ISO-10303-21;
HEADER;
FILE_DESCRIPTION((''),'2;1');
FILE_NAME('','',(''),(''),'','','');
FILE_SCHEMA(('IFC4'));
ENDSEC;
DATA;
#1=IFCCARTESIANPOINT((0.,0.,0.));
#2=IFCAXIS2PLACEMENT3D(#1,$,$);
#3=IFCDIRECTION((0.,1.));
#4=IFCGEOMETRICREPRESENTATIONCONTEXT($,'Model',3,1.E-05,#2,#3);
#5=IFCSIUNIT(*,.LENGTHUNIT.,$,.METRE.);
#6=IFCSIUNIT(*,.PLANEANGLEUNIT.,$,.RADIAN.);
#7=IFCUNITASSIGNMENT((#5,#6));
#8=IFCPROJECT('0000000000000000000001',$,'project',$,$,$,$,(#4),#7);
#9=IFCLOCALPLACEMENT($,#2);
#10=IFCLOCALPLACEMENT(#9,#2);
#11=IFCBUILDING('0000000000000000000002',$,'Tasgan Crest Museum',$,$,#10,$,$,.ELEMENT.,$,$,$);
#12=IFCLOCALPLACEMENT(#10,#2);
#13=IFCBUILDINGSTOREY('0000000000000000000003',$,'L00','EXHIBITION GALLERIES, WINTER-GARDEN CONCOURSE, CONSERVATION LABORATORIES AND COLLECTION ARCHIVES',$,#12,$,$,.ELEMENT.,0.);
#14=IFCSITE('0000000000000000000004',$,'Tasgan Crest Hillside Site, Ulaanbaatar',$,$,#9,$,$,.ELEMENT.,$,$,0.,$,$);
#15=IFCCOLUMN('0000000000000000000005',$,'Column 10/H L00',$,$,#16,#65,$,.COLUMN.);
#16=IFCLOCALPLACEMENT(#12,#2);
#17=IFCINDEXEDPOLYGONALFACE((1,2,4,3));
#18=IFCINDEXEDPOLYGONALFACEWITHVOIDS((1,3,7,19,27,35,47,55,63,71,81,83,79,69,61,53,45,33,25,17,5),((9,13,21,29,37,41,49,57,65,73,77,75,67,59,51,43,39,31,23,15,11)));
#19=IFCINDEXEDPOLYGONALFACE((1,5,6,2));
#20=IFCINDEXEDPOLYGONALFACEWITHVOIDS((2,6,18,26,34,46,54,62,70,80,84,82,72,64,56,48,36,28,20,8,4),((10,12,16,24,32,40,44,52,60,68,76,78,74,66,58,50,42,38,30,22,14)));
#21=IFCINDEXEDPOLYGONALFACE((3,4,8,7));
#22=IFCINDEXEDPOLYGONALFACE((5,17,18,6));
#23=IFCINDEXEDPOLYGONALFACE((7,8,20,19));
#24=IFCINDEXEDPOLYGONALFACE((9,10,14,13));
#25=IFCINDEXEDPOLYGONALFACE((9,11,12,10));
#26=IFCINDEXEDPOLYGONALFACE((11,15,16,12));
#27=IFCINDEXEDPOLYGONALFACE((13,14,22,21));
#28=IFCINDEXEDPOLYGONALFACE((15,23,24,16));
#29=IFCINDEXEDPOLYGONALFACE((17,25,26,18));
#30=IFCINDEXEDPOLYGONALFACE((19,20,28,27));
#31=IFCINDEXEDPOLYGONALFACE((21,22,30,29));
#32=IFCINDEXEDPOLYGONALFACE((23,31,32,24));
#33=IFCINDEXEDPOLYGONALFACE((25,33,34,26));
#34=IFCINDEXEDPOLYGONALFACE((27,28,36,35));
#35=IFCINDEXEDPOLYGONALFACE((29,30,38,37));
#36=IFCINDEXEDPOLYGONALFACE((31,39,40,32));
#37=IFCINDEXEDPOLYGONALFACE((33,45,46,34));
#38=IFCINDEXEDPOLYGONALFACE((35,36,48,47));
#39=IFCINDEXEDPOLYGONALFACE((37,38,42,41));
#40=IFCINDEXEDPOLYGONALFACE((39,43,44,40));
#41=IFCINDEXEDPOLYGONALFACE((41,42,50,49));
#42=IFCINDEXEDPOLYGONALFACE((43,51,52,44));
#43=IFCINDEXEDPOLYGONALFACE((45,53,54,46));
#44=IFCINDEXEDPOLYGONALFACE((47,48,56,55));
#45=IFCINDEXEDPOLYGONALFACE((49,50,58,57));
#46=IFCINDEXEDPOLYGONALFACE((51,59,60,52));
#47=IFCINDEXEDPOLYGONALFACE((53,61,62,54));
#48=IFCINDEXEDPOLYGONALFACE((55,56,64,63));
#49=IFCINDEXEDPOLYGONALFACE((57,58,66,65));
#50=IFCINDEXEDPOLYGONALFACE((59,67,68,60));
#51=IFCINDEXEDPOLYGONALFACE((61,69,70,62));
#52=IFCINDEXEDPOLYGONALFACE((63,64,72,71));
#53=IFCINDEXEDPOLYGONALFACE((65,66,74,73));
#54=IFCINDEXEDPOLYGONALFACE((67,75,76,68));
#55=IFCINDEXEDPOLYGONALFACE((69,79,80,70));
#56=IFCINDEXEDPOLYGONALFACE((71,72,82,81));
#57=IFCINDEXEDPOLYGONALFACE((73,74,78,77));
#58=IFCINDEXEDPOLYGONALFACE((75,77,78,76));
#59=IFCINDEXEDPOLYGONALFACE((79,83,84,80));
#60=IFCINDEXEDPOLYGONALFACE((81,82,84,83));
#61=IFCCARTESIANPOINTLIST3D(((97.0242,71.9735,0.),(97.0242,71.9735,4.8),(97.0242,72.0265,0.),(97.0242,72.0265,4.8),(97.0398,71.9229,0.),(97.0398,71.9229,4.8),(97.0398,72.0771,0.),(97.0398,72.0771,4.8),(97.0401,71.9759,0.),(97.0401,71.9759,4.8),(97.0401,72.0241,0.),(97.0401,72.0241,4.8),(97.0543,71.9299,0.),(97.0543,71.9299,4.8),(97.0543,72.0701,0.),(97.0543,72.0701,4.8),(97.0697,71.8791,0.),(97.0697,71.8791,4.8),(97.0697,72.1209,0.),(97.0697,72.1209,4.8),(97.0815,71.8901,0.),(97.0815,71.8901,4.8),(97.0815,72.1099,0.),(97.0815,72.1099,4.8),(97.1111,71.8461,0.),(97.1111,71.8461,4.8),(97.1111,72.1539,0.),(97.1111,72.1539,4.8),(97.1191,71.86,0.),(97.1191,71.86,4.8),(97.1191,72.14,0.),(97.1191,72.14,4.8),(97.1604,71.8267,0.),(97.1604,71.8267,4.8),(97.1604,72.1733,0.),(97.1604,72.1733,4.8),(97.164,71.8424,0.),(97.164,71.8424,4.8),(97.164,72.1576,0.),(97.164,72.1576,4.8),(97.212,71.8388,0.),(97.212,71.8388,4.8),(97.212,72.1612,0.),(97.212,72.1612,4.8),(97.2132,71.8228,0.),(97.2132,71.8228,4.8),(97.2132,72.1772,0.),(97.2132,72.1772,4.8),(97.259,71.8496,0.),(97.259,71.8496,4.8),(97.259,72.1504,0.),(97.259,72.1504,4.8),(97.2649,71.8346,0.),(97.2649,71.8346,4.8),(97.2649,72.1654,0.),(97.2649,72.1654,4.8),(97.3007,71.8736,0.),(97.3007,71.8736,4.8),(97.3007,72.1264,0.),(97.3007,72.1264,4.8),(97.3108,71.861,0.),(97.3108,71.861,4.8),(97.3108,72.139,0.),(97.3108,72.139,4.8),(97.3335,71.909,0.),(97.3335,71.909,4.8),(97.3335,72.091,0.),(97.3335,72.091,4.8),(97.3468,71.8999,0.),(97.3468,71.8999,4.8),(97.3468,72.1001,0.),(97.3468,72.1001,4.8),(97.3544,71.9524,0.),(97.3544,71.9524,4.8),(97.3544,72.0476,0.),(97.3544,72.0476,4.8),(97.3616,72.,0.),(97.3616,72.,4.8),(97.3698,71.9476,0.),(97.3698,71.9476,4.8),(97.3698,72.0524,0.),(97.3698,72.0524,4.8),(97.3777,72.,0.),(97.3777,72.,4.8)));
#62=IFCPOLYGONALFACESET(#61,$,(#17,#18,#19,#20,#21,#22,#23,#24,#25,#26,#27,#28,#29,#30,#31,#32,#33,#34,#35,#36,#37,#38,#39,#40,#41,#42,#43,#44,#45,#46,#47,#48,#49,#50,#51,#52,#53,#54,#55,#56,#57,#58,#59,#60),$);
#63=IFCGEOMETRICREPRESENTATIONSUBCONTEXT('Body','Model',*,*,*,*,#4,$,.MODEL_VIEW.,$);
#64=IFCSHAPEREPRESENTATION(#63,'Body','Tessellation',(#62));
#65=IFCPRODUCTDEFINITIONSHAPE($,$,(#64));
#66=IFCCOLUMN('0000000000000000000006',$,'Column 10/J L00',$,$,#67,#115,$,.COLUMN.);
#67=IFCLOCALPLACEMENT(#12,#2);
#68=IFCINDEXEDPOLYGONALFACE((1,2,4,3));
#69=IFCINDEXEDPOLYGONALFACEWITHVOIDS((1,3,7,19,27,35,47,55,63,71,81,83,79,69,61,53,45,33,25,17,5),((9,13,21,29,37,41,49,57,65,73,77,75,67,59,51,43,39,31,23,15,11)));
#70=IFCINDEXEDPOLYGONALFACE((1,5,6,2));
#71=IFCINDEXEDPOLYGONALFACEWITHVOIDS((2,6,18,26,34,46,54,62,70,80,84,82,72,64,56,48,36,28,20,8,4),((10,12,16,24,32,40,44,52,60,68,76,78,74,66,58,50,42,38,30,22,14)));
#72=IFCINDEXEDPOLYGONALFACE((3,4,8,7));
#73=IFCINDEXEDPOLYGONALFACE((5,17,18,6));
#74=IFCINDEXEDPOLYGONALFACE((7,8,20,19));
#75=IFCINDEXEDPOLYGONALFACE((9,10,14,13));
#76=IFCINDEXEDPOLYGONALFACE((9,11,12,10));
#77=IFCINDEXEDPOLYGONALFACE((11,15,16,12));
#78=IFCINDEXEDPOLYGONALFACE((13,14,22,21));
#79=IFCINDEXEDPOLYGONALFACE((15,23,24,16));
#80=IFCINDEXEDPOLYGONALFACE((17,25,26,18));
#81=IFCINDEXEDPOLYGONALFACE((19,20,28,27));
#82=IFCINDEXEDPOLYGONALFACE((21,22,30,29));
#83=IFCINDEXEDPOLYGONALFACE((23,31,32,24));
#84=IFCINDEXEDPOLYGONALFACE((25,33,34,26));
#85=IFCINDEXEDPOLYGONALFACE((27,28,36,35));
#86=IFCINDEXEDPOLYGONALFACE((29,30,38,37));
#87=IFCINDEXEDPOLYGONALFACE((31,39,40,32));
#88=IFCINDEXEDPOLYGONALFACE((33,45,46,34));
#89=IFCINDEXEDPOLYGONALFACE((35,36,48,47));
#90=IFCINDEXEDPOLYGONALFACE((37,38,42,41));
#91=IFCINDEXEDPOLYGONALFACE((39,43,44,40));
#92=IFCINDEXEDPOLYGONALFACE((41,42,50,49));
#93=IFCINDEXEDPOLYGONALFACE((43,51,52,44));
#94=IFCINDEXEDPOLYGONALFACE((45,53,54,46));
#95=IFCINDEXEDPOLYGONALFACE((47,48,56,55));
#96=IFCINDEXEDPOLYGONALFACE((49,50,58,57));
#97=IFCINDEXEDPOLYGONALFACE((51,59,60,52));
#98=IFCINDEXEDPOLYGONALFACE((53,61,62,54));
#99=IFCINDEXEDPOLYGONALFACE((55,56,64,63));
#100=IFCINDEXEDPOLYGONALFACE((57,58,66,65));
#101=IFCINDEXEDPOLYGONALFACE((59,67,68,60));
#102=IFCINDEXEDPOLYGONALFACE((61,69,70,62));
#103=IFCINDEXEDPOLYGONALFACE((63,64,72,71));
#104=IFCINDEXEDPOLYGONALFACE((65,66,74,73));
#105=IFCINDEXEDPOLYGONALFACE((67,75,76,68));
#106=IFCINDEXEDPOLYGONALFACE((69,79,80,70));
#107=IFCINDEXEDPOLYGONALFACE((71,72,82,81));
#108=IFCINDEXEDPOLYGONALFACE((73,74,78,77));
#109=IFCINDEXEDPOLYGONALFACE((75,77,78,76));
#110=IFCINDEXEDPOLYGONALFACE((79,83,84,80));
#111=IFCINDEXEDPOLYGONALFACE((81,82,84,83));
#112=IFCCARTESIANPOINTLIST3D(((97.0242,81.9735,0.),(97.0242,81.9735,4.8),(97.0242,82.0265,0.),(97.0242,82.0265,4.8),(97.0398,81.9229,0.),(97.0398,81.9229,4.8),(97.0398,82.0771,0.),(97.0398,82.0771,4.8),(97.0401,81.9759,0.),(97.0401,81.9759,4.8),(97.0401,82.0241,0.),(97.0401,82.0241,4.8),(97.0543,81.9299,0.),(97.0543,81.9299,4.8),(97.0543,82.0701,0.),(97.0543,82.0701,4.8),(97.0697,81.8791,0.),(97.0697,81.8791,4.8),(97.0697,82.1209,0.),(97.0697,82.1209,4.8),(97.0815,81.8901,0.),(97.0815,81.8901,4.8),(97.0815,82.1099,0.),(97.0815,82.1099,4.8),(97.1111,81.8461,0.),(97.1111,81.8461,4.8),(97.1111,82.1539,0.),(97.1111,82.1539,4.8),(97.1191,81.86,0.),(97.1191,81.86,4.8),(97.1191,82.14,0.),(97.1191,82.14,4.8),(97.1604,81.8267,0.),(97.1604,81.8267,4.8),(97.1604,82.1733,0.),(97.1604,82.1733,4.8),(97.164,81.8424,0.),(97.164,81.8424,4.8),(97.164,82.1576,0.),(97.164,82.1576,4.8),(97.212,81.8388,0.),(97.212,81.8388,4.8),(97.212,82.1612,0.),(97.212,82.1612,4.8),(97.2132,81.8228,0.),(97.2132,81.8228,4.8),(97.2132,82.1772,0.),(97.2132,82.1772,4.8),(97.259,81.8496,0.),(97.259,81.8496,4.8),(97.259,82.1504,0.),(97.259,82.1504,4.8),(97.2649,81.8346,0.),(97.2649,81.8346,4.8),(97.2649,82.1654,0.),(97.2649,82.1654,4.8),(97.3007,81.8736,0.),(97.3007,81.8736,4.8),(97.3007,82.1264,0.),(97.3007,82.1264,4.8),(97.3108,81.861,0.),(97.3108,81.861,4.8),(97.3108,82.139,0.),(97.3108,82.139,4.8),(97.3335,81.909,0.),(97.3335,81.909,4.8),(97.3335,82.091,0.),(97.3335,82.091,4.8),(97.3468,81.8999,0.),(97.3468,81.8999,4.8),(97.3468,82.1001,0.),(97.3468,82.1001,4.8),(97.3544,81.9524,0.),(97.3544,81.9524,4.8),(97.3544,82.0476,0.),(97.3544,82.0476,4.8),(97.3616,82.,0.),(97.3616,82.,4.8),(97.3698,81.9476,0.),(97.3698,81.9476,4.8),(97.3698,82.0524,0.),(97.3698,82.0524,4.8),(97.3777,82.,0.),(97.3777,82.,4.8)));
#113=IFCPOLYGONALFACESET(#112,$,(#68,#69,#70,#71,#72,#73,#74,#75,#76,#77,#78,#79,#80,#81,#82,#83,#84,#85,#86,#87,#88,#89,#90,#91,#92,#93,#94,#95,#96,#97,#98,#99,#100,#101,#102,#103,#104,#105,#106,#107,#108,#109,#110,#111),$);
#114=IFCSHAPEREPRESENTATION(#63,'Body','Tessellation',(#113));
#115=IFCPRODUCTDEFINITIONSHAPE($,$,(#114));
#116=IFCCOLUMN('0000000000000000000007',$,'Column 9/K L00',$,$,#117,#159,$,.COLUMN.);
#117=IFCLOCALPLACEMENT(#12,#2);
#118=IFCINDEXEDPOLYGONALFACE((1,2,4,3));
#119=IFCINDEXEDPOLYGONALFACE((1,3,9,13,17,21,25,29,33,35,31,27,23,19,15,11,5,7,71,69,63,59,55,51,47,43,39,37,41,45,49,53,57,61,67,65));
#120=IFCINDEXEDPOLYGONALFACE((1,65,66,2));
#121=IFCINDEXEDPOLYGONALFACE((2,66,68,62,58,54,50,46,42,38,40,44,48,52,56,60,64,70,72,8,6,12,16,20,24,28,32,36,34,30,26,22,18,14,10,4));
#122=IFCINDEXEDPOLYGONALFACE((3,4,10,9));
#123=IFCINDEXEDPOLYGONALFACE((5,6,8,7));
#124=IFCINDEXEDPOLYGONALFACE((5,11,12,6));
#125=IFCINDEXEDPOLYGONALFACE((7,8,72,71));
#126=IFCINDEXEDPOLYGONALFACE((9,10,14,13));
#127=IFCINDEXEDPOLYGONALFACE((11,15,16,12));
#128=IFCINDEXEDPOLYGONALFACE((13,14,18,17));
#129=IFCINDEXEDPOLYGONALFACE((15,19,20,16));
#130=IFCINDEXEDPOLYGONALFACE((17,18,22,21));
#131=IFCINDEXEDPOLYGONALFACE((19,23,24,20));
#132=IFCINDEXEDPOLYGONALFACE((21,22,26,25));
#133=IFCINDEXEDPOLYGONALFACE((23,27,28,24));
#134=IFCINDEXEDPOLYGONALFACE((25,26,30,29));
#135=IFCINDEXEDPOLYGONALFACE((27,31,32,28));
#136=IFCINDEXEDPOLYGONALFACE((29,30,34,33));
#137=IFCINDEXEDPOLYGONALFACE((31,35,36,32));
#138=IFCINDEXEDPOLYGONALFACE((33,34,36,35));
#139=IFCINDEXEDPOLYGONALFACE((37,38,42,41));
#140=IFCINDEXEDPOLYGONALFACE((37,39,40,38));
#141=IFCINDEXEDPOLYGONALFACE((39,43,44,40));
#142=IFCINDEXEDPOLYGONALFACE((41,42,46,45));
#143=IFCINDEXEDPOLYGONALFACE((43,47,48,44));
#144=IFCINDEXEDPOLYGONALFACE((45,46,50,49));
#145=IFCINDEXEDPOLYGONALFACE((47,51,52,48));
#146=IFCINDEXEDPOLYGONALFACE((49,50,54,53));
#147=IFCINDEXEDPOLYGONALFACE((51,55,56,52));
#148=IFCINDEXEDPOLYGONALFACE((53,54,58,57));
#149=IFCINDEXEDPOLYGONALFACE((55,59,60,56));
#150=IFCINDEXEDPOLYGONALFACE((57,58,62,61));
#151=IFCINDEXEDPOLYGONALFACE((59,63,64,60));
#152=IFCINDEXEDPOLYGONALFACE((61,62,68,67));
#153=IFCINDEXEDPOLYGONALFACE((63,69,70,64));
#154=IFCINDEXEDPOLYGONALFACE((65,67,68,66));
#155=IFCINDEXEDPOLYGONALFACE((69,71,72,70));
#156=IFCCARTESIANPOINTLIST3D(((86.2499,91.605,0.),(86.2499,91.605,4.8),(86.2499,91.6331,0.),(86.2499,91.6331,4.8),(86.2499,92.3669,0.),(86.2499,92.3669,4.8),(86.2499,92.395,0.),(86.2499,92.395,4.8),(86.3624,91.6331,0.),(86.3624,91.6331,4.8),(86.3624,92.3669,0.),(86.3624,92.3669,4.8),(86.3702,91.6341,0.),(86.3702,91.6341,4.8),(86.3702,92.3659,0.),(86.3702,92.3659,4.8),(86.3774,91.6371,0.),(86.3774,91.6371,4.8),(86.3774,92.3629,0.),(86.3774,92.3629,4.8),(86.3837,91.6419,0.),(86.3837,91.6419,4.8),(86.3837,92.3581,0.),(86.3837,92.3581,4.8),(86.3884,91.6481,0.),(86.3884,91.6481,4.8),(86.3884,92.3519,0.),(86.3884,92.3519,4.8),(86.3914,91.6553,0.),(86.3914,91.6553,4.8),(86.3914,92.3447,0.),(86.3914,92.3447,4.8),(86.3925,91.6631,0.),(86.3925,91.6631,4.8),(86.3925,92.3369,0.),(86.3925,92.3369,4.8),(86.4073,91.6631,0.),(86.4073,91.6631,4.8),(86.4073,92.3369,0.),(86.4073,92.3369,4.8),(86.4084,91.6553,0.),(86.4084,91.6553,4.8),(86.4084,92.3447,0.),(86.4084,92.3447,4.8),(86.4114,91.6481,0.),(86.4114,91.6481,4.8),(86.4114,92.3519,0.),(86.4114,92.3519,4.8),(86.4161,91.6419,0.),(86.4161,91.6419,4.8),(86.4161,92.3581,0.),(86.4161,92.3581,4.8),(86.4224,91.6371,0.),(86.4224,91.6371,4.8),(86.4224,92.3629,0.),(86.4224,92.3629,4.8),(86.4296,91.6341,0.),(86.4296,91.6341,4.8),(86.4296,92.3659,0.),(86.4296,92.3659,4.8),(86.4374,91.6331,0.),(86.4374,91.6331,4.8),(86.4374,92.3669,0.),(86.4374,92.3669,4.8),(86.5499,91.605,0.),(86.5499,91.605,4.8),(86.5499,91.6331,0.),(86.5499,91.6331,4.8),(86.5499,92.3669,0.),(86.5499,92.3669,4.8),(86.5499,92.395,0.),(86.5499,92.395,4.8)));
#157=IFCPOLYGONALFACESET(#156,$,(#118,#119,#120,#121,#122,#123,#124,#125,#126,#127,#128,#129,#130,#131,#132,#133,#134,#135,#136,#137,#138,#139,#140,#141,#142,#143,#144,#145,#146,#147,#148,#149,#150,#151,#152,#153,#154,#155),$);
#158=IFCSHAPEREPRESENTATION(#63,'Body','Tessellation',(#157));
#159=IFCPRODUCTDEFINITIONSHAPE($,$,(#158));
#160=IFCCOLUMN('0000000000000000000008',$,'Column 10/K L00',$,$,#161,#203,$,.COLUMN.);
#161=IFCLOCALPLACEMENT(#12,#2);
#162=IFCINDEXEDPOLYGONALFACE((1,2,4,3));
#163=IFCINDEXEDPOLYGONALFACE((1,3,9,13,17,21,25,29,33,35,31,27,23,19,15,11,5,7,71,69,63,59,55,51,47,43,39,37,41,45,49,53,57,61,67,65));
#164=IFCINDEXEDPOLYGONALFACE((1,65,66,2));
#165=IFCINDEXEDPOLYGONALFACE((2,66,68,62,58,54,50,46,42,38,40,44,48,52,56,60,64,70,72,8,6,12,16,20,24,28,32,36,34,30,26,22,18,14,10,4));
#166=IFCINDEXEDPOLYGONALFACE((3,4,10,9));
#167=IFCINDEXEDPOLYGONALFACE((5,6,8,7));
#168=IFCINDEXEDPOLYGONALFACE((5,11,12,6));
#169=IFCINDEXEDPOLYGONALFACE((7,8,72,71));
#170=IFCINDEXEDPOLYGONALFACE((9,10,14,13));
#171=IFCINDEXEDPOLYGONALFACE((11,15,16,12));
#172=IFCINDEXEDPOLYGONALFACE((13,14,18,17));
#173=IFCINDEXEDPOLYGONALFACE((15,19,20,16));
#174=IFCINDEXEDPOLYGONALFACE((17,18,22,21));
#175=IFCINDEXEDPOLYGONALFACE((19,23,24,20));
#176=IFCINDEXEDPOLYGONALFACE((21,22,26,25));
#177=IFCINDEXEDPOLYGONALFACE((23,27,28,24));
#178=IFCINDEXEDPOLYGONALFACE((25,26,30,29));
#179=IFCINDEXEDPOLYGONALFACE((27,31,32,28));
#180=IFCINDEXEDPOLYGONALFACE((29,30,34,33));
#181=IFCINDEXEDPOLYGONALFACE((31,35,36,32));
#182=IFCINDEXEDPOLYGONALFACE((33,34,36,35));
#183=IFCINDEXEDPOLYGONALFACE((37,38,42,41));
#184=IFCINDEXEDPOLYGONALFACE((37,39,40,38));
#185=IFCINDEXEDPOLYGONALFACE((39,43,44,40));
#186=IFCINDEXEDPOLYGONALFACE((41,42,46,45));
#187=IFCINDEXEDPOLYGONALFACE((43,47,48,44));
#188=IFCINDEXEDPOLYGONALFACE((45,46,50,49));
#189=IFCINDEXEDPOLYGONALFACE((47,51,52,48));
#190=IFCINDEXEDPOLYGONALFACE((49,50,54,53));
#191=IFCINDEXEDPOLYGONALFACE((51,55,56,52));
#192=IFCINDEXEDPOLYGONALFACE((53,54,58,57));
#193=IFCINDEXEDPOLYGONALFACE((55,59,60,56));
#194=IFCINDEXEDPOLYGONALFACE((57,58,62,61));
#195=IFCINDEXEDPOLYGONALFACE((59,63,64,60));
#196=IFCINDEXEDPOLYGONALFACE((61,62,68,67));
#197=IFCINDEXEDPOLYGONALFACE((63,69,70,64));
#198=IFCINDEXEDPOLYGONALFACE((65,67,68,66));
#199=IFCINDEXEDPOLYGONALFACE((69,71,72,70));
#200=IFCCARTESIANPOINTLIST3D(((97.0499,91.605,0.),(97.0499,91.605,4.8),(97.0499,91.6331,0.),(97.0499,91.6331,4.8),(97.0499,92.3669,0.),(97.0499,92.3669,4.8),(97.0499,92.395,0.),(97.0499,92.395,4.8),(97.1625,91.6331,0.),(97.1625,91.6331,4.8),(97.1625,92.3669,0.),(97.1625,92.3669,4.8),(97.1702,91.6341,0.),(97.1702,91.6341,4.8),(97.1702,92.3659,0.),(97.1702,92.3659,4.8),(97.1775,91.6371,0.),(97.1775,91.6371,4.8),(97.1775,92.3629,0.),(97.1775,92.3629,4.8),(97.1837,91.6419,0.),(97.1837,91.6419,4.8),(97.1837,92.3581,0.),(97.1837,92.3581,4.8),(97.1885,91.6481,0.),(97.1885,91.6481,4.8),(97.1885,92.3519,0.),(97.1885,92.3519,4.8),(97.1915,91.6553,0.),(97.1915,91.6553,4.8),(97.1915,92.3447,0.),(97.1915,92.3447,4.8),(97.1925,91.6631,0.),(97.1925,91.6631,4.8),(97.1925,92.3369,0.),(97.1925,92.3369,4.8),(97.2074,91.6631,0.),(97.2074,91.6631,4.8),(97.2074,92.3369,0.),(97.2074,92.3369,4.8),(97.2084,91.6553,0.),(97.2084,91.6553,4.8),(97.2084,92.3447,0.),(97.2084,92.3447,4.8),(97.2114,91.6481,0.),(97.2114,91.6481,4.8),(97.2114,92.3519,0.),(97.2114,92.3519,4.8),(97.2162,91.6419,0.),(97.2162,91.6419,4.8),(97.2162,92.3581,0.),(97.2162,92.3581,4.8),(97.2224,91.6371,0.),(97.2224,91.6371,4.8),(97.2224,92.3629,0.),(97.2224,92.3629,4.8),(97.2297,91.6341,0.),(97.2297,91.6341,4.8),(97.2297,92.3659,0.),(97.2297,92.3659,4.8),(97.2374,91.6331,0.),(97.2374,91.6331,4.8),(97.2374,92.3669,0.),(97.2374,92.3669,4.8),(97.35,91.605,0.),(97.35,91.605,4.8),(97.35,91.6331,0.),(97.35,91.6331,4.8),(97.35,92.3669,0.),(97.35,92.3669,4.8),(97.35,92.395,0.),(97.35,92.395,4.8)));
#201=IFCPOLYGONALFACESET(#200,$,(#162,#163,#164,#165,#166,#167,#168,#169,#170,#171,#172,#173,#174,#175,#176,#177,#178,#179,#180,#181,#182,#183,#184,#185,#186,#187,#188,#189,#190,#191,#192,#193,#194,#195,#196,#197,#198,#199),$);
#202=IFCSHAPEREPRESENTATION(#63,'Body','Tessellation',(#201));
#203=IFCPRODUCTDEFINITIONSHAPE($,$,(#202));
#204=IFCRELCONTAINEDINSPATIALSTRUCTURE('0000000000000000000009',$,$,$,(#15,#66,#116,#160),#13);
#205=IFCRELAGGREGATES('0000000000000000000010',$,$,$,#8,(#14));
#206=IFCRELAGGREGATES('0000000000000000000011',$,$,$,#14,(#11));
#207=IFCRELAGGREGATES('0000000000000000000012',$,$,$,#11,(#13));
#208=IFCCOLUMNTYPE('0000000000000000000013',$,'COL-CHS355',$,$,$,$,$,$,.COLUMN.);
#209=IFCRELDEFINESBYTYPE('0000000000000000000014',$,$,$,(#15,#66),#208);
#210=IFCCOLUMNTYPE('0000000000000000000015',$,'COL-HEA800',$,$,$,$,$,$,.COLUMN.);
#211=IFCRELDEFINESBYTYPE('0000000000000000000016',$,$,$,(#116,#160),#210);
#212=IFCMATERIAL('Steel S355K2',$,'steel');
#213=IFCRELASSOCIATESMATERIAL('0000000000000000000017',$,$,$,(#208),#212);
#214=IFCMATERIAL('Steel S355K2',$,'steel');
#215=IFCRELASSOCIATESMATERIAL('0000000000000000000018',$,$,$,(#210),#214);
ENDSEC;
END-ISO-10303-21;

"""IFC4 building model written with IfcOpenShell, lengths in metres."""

from ifc_helpers import new_model, si_unit, direction, frame, origin, origin_2d, place, context, subcontext, project, spatial, hollow_circle, i_section, extrude, material, material_profile, profile_set, type_object, element, save


model = new_model("IFC4")

# Units and contexts
model_context = context("Model", 3, precision=1e-05, world=origin(), true_north=direction((0.0, 1.0)))
body_context = subcontext(model_context, "Body", "Model", "MODEL_VIEW")
ifc_project = project(units=[si_unit("LENGTHUNIT", "METRE"), si_unit("PLANEANGLEUNIT", "RADIAN")], contexts=[model_context])

# Site, building, storey
site_placement = place(None, origin())
site = spatial("IfcSite", under=ifc_project, at=site_placement, Name="Tasgan Crest Hillside Site, Ulaanbaatar", CompositionType="ELEMENT", RefElevation=0.0)
building_placement = place(site_placement, origin())
building = spatial("IfcBuilding", under=site, at=building_placement, Name="Tasgan Crest Museum", CompositionType="ELEMENT")
storey_placement = place(building_placement, origin())
storey = spatial("IfcBuildingStorey", under=building, at=storey_placement, Name="L00", Description="EXHIBITION GALLERIES, WINTER-GARDEN CONCOURSE, CONSERVATION LABORATORIES AND COLLECTION ARCHIVES", CompositionType="ELEMENT", Elevation=0.0)

# Columns
ifc_material_1 = material(Name="Steel S355K2", Category="steel")
ifc_material_profile_1 = material_profile(ifc_material_1, hollow_circle(Radius=0.1777, WallThickness=0.0161, at=origin_2d()), Name="CHS 355.6x16")
ifc_profile_set_1 = profile_set([ifc_material_profile_1], Name="Steel S355K2")
column_type_1 = type_object("IfcColumnType", Name="COL-CHS355", PredefinedType="COLUMN", material=ifc_profile_set_1)
for number, where, z_axis, x_axis, name in (
    (1, (97.2, 72.0, 0.0), (0.0, 0.0, 1.0), (1.0, 0.0, 0.0), "Column 10/H L00"),
    (2, (97.2, 82.0, 0.0), (0.0, 0.0, 1.0), (1.0, 0.0, 0.0), "Column 10/J L00"),
):
    element("IfcColumn", number, at=place(storey_placement, frame(where, z_axis=z_axis, x_axis=x_axis)), inside=storey, type_object=column_type_1, Name=name, PredefinedType="COLUMN", context=body_context, shape_type="SweptSolid", body=[
        extrude(hollow_circle(Radius=0.1777, WallThickness=0.0161, at=origin_2d()), origin(), (0.0, 0.0, 1.0), 4.8),
    ])
ifc_material_2 = material(Name="Steel S355K2", Category="steel")
ifc_material_profile_2 = material_profile(ifc_material_2, i_section(OverallWidth=0.3, OverallDepth=0.79, WebThickness=0.0149, FlangeThickness=0.0281, FilletRadius=0.03, at=origin_2d()), Name="HEA 800")
ifc_profile_set_2 = profile_set([ifc_material_profile_2], Name="Steel S355K2")
column_type_2 = type_object("IfcColumnType", Name="COL-HEA800", PredefinedType="COLUMN", material=ifc_profile_set_2)
for number, where, z_axis, x_axis, name in (
    (3, (86.3999, 92.0, 0.0), (0.0, 0.0, 1.0), (1.0, 0.0, 0.0), "Column 9/K L00"),
    (4, (97.2, 92.0, 0.0), (0.0, 0.0, 1.0), (1.0, 0.0, 0.0), "Column 10/K L00"),
):
    element("IfcColumn", number, at=place(storey_placement, frame(where, z_axis=z_axis, x_axis=x_axis)), inside=storey, type_object=column_type_2, Name=name, PredefinedType="COLUMN", context=body_context, shape_type="SweptSolid", body=[
        extrude(i_section(OverallWidth=0.3, OverallDepth=0.79, WebThickness=0.0149, FlangeThickness=0.0281, FilletRadius=0.03, at=origin_2d()), origin(), (0.0, 0.0, 1.0), 4.8),
    ])

save(model, "model.ifc")
